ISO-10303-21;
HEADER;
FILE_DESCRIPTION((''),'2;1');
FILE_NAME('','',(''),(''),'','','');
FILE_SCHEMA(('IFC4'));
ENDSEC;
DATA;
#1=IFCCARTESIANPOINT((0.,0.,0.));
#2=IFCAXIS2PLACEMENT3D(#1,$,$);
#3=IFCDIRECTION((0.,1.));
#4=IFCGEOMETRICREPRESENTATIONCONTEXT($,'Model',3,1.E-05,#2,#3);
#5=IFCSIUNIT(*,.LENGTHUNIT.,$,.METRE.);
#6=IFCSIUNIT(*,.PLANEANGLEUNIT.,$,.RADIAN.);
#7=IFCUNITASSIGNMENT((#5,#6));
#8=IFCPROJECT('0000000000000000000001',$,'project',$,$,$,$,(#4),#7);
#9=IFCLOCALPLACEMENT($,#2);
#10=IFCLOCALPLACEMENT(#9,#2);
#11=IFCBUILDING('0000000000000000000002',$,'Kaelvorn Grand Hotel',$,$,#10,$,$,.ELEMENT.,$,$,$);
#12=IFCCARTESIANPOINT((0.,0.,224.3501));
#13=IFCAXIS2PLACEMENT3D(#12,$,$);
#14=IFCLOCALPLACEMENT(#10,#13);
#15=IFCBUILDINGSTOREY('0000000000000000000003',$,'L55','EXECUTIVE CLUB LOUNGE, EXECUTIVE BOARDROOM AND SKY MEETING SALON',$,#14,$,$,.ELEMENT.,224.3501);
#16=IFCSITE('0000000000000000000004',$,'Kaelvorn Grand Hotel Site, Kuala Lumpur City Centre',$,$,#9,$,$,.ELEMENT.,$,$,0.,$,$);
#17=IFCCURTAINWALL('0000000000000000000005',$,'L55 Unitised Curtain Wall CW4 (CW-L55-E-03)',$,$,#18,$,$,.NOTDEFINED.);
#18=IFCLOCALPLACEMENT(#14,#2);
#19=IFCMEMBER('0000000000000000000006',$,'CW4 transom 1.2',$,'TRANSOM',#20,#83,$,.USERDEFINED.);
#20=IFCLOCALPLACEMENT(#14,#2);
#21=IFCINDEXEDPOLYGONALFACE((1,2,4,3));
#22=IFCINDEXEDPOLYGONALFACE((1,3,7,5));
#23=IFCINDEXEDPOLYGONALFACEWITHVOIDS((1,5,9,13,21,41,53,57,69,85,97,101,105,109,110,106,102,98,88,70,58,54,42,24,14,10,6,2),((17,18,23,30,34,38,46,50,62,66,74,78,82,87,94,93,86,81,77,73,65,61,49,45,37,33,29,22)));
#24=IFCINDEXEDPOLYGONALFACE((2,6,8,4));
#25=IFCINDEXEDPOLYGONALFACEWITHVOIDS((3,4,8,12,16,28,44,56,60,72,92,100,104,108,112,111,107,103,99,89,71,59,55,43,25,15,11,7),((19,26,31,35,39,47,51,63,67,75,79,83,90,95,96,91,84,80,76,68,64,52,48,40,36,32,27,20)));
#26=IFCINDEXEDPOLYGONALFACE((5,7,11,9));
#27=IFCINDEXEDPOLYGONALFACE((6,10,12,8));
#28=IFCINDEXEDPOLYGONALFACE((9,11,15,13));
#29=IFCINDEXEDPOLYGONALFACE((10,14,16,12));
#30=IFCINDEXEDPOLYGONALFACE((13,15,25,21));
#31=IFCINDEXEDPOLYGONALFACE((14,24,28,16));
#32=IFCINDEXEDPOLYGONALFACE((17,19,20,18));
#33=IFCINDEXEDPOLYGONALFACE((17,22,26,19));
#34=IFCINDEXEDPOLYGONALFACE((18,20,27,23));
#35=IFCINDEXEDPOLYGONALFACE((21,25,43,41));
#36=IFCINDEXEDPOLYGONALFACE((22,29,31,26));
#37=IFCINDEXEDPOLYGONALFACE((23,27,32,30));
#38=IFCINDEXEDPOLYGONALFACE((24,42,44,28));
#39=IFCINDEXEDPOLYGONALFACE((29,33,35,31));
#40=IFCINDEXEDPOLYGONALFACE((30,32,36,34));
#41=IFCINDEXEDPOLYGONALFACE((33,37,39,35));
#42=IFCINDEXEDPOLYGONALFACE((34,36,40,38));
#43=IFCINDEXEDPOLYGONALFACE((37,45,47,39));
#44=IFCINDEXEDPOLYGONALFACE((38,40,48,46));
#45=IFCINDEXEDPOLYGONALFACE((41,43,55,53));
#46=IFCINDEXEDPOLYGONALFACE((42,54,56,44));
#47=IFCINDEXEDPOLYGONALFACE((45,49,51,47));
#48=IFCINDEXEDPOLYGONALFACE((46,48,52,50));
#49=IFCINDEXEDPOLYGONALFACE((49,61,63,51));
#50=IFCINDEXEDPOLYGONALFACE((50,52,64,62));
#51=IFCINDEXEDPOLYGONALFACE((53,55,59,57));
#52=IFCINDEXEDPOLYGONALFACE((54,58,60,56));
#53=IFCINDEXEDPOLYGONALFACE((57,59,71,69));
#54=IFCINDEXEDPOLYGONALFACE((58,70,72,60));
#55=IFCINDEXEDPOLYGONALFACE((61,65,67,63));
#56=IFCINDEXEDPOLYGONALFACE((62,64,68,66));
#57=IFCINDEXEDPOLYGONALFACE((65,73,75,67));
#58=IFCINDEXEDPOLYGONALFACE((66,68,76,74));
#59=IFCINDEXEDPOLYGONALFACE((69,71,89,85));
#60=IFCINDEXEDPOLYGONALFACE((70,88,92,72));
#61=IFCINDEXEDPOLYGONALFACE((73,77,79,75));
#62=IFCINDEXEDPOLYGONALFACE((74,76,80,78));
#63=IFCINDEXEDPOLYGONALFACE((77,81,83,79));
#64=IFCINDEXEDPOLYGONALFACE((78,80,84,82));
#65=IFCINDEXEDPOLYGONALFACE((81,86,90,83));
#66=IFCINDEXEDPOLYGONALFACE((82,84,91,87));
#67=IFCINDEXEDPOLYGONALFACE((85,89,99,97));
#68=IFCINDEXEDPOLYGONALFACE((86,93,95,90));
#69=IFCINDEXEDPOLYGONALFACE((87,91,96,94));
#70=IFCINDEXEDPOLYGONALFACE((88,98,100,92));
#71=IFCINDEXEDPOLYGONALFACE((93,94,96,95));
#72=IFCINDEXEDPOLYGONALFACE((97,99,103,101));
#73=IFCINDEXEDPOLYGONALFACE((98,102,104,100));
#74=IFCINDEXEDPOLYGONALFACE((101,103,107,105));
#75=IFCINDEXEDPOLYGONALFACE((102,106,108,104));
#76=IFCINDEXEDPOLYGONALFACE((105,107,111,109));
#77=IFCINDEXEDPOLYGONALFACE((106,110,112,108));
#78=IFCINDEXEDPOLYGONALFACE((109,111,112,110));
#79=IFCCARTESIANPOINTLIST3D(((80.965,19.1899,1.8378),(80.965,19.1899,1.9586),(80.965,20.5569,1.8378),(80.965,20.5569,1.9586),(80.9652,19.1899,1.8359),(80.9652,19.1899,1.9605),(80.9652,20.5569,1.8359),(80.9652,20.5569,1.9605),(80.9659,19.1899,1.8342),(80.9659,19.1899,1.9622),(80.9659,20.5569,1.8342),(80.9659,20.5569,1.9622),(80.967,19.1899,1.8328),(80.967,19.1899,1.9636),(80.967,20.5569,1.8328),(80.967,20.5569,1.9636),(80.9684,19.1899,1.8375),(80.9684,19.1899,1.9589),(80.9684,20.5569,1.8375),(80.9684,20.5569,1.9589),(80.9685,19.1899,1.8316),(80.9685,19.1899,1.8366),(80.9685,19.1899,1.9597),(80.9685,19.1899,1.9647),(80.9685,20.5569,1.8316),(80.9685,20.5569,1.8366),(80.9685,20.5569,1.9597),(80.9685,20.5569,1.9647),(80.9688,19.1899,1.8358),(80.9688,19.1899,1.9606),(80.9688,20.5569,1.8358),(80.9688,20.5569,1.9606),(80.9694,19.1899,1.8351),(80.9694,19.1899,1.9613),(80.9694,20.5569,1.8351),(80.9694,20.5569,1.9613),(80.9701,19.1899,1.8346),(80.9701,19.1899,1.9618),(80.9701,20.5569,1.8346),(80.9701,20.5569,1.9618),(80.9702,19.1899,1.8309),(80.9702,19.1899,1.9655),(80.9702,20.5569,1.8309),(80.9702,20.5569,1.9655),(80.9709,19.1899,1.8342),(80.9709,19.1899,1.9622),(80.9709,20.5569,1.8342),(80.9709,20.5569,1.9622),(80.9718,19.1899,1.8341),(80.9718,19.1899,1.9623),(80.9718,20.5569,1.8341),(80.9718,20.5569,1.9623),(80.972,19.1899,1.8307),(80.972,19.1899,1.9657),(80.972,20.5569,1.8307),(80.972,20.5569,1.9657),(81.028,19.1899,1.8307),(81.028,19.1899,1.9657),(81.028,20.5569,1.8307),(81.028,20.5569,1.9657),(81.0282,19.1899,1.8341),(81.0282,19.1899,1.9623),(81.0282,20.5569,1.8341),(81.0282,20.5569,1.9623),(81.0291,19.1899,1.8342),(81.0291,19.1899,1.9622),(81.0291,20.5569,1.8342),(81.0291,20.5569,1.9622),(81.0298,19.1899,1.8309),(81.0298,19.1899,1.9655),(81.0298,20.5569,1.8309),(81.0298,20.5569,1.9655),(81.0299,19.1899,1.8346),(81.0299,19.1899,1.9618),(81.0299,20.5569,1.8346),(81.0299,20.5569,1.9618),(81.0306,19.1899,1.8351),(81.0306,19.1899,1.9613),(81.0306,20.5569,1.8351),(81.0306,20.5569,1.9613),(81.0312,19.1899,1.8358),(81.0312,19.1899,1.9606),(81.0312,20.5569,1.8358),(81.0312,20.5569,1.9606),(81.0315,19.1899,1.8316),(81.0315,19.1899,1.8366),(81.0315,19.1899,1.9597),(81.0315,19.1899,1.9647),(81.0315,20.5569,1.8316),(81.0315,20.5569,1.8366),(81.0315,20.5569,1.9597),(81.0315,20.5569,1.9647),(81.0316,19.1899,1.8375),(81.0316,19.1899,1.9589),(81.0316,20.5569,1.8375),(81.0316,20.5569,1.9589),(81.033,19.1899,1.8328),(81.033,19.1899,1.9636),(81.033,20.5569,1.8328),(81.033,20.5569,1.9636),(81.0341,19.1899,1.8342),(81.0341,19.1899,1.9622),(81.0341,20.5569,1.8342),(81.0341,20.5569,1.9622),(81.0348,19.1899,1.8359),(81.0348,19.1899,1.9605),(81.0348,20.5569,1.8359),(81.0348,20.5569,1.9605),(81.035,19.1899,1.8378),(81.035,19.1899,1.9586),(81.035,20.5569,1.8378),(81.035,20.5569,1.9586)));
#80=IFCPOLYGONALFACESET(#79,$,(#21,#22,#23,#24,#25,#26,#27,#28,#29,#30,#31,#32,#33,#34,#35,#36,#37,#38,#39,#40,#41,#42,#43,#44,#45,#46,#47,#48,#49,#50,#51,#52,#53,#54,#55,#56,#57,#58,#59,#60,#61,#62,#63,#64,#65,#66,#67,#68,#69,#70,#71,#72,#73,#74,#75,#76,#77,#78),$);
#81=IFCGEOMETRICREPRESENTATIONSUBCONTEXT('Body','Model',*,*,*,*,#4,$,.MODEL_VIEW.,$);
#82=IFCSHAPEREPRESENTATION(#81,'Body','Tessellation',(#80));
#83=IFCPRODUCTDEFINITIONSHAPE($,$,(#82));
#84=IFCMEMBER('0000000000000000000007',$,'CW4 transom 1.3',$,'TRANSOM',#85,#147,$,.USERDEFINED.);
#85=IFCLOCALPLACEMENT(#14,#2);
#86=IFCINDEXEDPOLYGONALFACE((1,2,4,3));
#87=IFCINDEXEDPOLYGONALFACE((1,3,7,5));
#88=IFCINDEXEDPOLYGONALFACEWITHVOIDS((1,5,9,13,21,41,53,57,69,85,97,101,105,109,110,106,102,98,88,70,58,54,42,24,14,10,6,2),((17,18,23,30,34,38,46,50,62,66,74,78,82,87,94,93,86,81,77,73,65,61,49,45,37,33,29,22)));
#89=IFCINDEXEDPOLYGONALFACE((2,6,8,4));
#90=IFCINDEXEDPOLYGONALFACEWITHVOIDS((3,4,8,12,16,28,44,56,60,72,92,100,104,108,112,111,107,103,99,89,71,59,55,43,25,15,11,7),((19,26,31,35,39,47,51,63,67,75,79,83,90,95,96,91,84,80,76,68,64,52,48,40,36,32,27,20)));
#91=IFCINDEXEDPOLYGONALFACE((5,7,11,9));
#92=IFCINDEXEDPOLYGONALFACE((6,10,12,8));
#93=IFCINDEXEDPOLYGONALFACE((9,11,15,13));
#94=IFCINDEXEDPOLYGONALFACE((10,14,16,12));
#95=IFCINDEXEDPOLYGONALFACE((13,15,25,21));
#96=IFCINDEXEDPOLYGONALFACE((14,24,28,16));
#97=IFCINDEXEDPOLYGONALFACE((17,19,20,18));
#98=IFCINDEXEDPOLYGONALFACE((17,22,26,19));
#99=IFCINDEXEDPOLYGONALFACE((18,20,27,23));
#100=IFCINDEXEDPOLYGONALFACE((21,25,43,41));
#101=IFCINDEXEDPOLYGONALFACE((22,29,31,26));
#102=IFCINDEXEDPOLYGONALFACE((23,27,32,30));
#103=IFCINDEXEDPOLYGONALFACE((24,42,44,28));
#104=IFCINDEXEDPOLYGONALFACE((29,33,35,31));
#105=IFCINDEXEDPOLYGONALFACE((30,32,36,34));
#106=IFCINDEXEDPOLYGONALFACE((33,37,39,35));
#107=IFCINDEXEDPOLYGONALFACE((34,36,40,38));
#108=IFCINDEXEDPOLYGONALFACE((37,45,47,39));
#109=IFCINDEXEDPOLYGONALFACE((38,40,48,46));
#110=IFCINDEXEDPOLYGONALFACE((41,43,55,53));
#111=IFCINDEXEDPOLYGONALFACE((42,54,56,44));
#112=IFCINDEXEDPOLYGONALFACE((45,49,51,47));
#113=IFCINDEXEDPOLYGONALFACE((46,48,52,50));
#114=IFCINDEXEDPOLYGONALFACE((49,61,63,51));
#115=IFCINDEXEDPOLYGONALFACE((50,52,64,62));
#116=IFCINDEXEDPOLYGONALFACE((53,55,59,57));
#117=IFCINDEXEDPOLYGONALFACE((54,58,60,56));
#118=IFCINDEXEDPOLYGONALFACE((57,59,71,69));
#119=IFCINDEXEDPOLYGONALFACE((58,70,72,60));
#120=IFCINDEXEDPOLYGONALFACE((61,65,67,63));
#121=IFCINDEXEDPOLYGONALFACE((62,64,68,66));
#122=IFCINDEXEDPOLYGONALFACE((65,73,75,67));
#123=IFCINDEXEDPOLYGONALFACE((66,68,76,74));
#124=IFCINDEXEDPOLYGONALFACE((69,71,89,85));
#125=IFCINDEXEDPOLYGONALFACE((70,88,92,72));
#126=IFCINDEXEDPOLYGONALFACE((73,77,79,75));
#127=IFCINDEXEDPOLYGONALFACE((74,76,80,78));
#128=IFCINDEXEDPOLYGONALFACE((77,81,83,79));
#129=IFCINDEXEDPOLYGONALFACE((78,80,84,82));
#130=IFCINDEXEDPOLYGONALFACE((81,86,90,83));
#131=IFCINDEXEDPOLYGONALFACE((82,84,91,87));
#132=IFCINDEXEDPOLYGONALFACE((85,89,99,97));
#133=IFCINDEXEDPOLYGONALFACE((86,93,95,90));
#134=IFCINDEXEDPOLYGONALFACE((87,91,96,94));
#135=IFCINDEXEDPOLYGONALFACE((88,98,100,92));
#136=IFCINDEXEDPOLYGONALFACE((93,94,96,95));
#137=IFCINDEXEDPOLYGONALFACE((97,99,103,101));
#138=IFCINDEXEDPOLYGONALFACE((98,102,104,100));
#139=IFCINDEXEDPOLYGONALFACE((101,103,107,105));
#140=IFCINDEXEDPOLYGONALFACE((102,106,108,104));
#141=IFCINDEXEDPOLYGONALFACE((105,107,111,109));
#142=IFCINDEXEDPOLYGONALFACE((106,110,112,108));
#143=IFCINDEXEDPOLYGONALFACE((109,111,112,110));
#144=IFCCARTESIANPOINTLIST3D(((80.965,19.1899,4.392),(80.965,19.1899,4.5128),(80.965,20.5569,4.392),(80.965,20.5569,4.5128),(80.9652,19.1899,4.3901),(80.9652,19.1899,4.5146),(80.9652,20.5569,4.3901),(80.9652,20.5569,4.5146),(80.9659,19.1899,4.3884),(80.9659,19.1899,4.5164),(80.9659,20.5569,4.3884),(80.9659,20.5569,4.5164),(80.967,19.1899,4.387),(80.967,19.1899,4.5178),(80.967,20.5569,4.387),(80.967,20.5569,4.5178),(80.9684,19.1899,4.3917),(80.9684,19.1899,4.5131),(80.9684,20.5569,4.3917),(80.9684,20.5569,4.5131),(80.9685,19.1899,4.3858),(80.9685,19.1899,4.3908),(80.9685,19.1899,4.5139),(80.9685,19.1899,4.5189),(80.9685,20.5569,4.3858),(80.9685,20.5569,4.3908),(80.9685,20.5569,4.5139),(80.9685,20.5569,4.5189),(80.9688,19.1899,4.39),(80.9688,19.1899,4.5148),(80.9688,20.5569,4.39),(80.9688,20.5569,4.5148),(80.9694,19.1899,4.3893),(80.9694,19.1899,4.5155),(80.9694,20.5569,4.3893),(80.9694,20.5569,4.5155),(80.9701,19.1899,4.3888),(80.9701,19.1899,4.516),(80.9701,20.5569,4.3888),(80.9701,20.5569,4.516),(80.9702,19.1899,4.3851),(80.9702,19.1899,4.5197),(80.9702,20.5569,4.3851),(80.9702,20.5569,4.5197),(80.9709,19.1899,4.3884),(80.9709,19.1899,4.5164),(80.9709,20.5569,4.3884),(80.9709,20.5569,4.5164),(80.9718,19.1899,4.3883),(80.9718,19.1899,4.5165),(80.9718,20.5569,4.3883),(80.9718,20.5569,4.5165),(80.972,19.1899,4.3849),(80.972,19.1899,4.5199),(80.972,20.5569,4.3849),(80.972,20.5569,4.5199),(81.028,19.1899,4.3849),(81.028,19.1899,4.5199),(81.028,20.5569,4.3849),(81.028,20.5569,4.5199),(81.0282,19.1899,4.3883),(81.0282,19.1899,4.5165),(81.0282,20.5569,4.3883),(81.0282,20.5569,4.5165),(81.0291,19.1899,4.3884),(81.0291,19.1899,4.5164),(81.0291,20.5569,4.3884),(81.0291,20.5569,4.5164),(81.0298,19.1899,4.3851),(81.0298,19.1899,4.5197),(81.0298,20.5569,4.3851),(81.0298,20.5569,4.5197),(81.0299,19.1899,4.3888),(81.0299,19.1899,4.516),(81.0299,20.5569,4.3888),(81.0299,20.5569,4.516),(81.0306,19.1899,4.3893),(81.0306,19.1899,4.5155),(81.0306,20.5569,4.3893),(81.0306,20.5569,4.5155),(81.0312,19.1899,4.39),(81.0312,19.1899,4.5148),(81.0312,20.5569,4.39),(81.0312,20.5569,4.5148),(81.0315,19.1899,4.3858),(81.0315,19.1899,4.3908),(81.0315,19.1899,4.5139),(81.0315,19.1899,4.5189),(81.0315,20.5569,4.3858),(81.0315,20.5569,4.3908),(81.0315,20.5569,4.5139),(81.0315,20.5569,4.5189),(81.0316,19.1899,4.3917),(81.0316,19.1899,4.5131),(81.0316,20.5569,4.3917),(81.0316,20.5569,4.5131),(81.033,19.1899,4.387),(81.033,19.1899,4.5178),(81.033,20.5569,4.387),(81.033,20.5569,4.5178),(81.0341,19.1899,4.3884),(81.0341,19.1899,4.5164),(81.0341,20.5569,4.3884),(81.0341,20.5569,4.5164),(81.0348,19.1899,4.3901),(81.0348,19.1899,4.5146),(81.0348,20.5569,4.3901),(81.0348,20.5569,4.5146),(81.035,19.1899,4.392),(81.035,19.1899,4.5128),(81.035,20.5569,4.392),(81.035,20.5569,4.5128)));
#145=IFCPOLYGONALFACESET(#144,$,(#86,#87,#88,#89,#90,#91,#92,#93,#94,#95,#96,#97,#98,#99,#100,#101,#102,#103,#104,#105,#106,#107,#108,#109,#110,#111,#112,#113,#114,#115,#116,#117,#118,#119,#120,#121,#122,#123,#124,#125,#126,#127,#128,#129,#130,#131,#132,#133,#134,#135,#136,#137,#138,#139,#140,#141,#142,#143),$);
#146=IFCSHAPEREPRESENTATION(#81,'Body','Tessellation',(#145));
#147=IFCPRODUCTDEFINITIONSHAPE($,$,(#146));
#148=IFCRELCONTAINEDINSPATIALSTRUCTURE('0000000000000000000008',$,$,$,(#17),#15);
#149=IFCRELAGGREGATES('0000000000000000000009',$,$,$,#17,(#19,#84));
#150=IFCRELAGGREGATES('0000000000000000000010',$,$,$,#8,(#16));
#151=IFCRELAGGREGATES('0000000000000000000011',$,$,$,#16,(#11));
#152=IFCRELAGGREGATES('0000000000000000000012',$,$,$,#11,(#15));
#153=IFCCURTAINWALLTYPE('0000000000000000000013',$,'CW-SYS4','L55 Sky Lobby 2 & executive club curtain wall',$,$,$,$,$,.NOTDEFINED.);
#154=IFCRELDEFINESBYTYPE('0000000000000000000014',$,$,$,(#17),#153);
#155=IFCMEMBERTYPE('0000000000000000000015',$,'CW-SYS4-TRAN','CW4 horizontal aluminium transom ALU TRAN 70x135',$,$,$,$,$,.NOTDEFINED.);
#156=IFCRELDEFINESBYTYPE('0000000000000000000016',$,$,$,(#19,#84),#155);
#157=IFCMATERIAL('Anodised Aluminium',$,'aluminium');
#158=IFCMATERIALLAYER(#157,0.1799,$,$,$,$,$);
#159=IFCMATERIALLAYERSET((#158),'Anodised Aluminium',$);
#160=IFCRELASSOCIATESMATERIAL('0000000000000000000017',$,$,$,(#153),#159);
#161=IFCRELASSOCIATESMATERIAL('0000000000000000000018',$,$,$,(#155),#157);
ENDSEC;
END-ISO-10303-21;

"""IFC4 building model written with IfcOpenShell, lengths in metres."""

from ifc_helpers import new_model, si_unit, direction, frame, origin, origin_2d, place, context, subcontext, project, spatial, hollow_rectangle, extrude, material, layer, layer_set, material_profile, profile_set, type_object, element, aggregate, save


model = new_model("IFC4")

# Units and contexts
model_context = context("Model", 3, precision=1e-05, world=origin(), true_north=direction((0.0, 1.0)))
body_context = subcontext(model_context, "Body", "Model", "MODEL_VIEW")
ifc_project = project(units=[si_unit("LENGTHUNIT", "METRE"), si_unit("PLANEANGLEUNIT", "RADIAN")], contexts=[model_context])

# Site, building, storey
site_placement = place(None, origin())
site = spatial("IfcSite", under=ifc_project, at=site_placement, Name="Kaelvorn Grand Hotel Site, Kuala Lumpur City Centre", CompositionType="ELEMENT", RefElevation=0.0)
building_placement = place(site_placement, origin())
building = spatial("IfcBuilding", under=site, at=building_placement, Name="Kaelvorn Grand Hotel", CompositionType="ELEMENT")
storey_placement = place(building_placement, frame((0.0, 0.0, 224.3501)))
storey = spatial("IfcBuildingStorey", under=building, at=storey_placement, Name="L55", Description="EXECUTIVE CLUB LOUNGE, EXECUTIVE BOARDROOM AND SKY MEETING SALON", CompositionType="ELEMENT", Elevation=224.3501)

# Curtain wall, members
ifc_material_1 = material(Name="Anodised Aluminium", Category="aluminium")
ifc_layer_1 = layer(ifc_material_1, 0.1799)
ifc_layer_set_1 = layer_set([ifc_layer_1], Name="Anodised Aluminium")
curtain_wall_type = type_object("IfcCurtainWallType", Name="CW-SYS4", Description="L55 Sky Lobby 2 & executive club curtain wall", PredefinedType="NOTDEFINED", material=ifc_layer_set_1)
curtain_wall_placement = place(storey_placement, origin())
curtain_wall = element("IfcCurtainWall", 1, at=curtain_wall_placement, inside=storey, type_object=curtain_wall_type, Name="L55 Unitised Curtain Wall CW4 (CW-L55-E-03)", PredefinedType="NOTDEFINED")
ifc_material_profile_1 = material_profile(ifc_material_1, hollow_rectangle(XDim=0.0701, YDim=0.135, WallThickness=0.0034, InnerFilletRadius=0.0034, OuterFilletRadius=0.0071, at=origin_2d()), Name="ALU TRAN 70x135")
ifc_profile_set_1 = profile_set([ifc_material_profile_1], Name="Anodised Aluminium")
member_type_1 = type_object("IfcMemberType", Name="CW-SYS4-TRAN", Description="CW4 horizontal aluminium transom ALU TRAN 70x135", PredefinedType="NOTDEFINED", material=ifc_profile_set_1)
member_1_placement = place(storey_placement, frame((81.0, 19.1899, 1.8982), z_axis=(0.0, 1.0, 0.0), x_axis=(-1.0, 0.0, 0.0)))
member_1 = element("IfcMember", 2, at=member_1_placement, type_object=member_type_1, Name="CW4 transom 1.2", ObjectType="TRANSOM", PredefinedType="USERDEFINED", context=body_context, shape_type="SweptSolid", body=[
    extrude(hollow_rectangle(XDim=0.0701, YDim=0.135, WallThickness=0.0034, InnerFilletRadius=0.0034, OuterFilletRadius=0.0071, at=origin_2d()), origin(), (0.0, 0.0, 1.0), 1.3669),
])
member_2_placement = place(storey_placement, frame((81.0, 19.1899, 4.4524), z_axis=(0.0, 1.0, 0.0), x_axis=(-1.0, 0.0, 0.0)))
member_2 = element("IfcMember", 3, at=member_2_placement, type_object=member_type_1, Name="CW4 transom 1.3", ObjectType="TRANSOM", PredefinedType="USERDEFINED", context=body_context, shape_type="SweptSolid", body=[
    extrude(hollow_rectangle(XDim=0.0701, YDim=0.135, WallThickness=0.0034, InnerFilletRadius=0.0034, OuterFilletRadius=0.0071, at=origin_2d()), origin(), (0.0, 0.0, 1.0), 1.3669),
])
aggregate(curtain_wall, [member_1, member_2])

save(model, "model.ifc")
